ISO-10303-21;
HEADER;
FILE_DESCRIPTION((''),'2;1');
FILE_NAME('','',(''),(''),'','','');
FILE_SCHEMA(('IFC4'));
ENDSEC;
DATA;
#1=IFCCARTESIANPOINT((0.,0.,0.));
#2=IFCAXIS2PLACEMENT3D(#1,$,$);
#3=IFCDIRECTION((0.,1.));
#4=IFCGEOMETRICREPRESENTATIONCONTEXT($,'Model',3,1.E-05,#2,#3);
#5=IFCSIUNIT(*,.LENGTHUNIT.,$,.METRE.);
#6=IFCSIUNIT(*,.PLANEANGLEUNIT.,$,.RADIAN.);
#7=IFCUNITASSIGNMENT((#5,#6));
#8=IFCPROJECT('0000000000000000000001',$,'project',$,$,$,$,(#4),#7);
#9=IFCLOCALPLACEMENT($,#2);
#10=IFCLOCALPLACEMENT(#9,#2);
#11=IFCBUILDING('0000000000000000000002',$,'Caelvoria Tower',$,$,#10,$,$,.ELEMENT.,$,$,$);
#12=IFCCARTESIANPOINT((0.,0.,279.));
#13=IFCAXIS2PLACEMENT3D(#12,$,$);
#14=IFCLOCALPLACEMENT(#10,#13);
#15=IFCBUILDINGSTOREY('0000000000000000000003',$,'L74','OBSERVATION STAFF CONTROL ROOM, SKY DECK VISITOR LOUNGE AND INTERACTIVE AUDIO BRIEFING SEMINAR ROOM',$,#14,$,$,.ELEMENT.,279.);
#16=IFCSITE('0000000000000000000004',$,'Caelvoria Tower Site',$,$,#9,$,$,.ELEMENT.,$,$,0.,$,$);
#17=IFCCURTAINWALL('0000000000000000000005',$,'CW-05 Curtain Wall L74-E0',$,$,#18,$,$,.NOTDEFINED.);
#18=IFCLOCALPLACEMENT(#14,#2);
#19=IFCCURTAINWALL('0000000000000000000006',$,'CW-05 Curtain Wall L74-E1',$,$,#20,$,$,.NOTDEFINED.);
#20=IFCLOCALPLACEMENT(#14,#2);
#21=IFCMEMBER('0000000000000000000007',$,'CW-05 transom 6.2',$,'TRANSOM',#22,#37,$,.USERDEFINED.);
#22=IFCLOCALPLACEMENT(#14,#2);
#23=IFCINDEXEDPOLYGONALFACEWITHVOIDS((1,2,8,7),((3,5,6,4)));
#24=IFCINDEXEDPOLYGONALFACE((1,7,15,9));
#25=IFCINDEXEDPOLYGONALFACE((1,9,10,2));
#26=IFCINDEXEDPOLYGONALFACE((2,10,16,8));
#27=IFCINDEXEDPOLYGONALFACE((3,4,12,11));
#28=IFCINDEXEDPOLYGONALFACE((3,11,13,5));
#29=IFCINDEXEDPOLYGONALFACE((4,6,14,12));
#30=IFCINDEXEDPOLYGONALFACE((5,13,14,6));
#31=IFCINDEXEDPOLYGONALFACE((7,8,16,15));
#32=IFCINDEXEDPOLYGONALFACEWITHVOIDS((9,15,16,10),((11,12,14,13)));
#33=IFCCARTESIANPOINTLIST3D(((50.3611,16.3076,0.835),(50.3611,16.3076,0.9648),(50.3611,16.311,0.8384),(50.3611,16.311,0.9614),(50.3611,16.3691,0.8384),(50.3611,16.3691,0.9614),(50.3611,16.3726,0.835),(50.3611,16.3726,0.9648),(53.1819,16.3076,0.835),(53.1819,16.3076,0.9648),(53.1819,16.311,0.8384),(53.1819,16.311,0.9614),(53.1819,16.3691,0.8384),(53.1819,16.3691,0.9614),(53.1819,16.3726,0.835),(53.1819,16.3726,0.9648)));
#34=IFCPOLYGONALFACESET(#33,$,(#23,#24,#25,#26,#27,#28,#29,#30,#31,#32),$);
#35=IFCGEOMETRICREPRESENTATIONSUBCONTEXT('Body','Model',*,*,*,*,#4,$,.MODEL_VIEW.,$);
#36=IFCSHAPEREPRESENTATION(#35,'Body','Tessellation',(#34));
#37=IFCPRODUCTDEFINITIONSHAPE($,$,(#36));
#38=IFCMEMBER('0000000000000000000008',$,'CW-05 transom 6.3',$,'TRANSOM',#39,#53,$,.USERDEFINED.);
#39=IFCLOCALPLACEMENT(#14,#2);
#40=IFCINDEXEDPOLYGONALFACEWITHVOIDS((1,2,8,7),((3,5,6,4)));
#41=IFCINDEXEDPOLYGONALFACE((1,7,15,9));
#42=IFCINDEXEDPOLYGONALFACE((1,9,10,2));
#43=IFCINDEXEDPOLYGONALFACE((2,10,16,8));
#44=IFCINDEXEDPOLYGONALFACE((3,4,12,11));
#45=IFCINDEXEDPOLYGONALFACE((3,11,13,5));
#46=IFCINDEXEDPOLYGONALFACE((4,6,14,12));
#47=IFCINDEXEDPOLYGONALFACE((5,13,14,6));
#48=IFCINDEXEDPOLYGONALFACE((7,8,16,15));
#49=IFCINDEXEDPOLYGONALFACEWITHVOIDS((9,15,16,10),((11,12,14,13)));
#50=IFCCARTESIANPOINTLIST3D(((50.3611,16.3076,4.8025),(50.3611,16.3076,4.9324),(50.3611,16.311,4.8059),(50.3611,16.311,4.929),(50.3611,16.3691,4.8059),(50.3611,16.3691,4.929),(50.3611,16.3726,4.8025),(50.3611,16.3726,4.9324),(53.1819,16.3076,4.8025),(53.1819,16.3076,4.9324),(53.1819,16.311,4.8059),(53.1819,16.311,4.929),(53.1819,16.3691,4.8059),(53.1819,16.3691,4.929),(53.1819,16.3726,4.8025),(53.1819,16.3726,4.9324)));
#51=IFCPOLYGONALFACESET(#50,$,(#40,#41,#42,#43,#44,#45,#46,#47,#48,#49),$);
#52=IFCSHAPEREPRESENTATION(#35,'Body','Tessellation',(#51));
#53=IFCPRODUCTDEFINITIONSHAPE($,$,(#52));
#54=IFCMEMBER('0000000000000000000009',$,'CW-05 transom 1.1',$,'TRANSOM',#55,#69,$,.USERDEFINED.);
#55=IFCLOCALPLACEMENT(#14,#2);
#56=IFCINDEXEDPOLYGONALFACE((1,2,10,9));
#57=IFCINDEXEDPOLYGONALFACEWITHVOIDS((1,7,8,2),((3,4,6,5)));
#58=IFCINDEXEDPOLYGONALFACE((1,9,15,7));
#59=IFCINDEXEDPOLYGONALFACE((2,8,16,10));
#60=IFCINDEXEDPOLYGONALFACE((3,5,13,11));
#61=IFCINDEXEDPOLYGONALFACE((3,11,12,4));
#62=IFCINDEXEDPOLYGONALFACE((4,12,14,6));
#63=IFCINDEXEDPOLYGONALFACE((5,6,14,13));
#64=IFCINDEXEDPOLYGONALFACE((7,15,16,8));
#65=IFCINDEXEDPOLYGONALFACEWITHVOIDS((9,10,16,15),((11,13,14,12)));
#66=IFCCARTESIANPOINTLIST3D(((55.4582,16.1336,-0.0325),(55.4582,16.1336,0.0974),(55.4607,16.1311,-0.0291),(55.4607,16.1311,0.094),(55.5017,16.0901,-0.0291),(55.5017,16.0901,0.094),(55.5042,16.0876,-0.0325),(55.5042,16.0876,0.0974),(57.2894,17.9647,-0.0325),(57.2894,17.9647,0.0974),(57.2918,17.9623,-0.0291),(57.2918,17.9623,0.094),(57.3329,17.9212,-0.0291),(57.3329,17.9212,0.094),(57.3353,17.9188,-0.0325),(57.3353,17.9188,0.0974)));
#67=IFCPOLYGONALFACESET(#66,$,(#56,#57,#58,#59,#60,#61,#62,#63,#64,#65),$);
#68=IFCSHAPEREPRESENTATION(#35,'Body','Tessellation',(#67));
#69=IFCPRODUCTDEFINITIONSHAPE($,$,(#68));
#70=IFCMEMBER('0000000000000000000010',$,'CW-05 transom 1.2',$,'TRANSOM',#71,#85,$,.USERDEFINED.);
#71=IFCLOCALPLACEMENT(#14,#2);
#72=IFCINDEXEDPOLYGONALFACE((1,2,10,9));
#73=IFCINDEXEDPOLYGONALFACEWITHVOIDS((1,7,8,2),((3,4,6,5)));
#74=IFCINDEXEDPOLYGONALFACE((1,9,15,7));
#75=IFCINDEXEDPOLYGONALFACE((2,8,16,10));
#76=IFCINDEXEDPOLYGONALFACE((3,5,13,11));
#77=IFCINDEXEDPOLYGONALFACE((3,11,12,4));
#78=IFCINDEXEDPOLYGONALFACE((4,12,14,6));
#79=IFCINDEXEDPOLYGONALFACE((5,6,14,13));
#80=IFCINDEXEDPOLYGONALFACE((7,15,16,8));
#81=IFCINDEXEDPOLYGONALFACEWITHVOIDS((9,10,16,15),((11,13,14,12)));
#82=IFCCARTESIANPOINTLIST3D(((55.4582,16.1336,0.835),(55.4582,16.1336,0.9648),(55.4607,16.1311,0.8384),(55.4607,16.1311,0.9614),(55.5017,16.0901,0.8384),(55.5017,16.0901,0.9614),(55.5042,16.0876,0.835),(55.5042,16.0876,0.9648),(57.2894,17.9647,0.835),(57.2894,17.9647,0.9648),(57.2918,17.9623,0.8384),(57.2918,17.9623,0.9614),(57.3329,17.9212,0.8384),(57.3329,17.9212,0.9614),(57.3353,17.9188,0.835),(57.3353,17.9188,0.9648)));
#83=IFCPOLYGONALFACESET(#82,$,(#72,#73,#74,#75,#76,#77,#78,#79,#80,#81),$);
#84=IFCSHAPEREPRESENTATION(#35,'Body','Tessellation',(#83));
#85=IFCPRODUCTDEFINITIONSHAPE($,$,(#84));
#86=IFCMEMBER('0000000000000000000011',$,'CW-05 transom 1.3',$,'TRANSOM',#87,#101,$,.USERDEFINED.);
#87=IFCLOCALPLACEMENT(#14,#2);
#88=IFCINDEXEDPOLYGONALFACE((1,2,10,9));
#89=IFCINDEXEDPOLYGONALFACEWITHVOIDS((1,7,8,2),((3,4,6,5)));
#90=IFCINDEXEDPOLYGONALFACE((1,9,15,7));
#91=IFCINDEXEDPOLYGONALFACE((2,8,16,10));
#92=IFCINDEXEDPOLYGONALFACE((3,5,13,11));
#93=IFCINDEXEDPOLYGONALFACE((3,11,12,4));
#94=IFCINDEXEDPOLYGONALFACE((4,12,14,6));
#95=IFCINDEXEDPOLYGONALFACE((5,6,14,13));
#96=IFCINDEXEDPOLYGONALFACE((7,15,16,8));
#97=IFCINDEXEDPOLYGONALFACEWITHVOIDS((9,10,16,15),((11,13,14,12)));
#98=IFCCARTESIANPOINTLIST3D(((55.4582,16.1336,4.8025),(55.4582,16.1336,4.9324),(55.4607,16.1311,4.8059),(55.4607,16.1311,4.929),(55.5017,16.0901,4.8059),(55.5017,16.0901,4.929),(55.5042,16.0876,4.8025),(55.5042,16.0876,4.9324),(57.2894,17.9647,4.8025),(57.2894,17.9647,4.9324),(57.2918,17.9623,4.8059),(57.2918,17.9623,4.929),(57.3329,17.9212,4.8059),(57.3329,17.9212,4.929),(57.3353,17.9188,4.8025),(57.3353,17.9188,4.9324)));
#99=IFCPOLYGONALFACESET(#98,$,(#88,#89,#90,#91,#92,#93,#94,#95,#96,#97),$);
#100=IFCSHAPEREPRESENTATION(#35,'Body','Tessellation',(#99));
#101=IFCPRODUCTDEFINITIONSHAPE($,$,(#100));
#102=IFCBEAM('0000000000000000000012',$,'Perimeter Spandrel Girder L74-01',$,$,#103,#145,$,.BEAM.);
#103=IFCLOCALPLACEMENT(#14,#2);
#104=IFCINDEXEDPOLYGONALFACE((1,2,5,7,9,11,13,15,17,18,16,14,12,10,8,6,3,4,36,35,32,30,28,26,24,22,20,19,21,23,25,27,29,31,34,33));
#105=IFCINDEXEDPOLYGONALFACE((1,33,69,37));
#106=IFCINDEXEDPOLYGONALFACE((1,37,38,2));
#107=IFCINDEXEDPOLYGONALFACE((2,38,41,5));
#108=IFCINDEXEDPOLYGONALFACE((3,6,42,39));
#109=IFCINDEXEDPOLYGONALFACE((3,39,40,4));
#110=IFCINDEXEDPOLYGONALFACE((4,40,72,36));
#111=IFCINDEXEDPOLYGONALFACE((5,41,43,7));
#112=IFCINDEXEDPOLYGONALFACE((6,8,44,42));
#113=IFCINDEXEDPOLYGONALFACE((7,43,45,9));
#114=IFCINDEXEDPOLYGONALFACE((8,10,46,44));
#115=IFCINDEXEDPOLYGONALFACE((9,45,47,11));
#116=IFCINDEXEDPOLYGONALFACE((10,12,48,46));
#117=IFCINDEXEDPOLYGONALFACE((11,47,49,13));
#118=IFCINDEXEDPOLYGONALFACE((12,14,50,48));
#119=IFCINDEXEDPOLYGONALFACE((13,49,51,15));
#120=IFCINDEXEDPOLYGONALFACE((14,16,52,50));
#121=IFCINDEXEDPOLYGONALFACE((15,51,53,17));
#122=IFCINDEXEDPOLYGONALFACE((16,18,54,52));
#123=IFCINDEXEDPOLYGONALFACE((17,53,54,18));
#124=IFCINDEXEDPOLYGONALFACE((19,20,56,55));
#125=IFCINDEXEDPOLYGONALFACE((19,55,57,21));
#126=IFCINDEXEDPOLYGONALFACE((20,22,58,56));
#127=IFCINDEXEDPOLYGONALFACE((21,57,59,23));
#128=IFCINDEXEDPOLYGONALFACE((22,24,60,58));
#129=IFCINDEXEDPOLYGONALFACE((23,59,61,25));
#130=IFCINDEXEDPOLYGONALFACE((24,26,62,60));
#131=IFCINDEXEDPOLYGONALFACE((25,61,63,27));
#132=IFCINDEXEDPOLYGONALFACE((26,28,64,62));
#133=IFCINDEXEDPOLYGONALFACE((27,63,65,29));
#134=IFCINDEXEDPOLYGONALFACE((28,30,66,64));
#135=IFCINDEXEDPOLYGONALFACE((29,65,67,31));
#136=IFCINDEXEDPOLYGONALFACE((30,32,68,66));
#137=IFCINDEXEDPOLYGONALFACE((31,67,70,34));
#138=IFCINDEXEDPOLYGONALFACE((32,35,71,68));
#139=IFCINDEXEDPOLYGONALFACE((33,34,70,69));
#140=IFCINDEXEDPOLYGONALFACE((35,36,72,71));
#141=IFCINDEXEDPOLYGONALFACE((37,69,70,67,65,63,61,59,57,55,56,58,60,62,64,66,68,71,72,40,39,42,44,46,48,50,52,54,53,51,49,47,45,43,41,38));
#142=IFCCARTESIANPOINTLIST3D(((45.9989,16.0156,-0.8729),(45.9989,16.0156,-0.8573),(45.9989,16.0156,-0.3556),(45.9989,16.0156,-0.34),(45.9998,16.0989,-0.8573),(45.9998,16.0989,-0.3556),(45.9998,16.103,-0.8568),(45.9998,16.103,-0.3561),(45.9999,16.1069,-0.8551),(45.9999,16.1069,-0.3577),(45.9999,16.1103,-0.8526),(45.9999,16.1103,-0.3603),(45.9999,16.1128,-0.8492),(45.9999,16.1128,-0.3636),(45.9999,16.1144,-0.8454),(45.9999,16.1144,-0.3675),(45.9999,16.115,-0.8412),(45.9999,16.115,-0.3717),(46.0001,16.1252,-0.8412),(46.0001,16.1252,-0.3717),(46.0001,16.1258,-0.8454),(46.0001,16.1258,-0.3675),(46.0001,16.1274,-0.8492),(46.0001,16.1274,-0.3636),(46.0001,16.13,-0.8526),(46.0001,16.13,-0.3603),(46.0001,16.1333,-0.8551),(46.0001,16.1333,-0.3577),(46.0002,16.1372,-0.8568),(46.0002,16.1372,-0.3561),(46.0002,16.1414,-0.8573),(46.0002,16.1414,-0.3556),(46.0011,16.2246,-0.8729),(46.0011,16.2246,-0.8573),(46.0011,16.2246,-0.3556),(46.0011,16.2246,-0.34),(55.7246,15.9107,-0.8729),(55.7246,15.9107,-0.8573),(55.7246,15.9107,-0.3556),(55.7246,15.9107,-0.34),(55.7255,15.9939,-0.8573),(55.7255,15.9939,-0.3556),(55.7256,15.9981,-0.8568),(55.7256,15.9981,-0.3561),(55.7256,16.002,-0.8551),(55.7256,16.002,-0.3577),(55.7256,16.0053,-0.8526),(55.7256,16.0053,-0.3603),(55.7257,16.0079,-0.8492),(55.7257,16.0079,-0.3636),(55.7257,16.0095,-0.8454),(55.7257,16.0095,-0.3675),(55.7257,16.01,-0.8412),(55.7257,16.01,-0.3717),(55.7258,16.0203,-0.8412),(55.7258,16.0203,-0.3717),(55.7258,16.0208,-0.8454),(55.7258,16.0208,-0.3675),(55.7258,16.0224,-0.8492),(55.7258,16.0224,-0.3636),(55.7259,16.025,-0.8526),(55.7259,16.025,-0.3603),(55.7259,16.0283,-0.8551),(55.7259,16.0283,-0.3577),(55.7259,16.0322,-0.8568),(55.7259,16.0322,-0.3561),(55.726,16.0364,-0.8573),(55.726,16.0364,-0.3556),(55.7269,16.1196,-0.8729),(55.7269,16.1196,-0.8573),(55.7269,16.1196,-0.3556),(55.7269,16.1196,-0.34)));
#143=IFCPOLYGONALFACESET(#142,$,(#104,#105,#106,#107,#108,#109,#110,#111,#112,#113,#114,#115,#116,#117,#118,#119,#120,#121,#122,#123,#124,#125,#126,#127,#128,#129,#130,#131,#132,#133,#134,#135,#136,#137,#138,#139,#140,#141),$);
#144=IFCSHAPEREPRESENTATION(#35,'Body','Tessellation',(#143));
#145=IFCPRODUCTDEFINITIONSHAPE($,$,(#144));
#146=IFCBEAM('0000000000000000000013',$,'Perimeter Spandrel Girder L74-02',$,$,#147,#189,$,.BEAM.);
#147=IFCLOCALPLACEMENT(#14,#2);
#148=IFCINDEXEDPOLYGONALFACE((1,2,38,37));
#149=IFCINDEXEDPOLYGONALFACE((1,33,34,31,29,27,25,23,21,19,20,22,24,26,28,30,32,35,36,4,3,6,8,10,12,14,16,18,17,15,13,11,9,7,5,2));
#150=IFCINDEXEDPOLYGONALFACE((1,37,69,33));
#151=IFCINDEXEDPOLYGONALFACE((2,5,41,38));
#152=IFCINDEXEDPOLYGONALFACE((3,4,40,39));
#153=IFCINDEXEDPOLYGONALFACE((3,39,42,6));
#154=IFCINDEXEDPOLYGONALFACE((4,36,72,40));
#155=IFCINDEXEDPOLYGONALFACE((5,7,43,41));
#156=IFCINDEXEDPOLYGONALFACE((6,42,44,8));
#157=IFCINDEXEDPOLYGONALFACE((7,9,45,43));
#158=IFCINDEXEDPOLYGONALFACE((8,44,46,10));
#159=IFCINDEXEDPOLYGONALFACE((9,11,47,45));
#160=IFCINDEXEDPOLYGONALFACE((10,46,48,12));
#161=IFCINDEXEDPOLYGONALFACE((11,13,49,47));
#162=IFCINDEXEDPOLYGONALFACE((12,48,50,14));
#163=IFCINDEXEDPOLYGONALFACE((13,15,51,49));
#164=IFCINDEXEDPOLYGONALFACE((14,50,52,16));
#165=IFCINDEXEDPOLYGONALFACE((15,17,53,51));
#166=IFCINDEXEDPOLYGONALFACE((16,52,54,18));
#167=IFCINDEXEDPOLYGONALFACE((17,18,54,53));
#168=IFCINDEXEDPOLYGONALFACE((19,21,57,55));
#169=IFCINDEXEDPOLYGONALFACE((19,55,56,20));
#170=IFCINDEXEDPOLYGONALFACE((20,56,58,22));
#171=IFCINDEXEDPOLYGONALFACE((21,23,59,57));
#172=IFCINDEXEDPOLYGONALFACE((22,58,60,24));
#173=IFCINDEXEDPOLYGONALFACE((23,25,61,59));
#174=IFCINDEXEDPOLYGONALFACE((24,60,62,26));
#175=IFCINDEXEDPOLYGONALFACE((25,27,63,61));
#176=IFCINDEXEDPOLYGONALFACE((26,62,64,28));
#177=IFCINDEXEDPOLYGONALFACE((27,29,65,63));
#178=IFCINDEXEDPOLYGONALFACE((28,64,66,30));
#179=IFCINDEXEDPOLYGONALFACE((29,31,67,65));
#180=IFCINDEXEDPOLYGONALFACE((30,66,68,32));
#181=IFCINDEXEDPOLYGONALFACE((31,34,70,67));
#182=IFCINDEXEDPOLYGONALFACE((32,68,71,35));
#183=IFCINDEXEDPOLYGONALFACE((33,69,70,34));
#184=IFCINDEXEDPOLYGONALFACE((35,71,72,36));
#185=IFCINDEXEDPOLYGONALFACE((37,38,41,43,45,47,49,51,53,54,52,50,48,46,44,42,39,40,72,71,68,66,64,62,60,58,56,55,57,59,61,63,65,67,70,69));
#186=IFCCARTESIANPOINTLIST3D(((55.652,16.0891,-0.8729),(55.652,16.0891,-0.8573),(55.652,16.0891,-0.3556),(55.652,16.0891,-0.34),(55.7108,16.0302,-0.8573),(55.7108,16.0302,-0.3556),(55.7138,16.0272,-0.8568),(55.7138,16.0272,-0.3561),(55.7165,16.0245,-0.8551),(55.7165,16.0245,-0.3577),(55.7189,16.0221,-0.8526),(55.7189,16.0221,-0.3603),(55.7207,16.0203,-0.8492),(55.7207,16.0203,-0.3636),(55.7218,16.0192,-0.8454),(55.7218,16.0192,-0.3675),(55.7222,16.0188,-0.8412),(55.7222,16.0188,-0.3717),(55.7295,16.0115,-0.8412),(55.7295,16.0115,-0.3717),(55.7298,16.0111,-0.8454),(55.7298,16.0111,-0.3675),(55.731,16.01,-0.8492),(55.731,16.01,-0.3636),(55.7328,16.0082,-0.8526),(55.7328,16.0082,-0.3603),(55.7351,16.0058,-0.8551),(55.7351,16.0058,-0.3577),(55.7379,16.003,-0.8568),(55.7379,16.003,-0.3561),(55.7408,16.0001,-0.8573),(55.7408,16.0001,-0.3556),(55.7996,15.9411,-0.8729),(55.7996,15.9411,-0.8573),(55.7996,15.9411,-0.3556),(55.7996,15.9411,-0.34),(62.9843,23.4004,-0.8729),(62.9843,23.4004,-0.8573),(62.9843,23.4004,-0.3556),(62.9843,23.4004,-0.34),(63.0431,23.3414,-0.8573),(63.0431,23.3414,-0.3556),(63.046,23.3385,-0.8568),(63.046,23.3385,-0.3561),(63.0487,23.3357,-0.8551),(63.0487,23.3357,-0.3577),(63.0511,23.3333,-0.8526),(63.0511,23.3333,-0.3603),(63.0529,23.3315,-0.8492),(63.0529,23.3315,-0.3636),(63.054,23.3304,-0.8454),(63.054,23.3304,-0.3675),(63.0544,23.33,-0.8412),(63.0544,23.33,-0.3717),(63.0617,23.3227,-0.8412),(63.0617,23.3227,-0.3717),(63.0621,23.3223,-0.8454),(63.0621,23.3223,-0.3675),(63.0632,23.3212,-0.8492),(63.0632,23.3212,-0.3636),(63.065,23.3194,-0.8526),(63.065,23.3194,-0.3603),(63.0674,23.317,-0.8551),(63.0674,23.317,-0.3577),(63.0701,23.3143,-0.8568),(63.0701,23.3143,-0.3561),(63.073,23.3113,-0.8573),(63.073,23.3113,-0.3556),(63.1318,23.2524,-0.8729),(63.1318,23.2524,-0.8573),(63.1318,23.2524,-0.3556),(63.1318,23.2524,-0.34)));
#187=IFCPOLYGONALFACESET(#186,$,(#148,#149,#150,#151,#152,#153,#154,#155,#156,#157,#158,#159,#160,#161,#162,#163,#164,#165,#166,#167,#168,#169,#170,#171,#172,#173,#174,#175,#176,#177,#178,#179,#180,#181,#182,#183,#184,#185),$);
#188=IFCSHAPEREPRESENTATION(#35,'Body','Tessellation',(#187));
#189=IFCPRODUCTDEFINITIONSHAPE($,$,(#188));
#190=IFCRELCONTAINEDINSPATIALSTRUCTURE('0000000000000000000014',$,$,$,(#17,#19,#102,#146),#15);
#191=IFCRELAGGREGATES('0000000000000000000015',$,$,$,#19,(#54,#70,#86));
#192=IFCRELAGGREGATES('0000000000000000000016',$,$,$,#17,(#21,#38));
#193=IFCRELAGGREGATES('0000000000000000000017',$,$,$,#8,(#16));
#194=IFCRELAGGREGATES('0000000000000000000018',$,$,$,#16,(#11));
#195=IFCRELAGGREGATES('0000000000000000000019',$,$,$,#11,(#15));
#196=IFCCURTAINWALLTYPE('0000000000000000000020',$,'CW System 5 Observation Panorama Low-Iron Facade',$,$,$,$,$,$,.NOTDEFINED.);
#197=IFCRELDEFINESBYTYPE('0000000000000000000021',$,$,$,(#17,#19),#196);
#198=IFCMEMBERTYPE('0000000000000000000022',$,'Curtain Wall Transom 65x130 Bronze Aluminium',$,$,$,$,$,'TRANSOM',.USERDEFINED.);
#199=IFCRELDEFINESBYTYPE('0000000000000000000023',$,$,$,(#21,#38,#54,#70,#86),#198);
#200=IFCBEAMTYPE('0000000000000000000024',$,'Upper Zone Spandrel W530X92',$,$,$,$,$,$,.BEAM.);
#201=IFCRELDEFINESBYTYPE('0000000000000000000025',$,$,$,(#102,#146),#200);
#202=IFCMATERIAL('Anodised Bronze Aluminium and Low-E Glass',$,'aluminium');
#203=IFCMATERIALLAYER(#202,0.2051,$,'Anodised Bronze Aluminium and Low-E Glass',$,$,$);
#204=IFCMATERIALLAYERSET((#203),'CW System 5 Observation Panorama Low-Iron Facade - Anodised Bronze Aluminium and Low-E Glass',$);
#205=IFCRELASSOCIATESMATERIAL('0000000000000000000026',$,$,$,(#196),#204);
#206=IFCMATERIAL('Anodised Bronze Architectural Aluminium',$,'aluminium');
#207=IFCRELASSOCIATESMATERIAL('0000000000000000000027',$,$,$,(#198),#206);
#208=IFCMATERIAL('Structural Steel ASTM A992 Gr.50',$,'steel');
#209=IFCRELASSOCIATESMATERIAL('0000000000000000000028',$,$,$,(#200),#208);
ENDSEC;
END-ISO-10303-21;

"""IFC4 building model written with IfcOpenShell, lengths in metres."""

from ifc_helpers import new_model, si_unit, direction, frame, origin, origin_2d, place, context, subcontext, project, spatial, hollow_rectangle, i_section, extrude, material, layer, layer_set, material_profile, profile_set, type_object, element, aggregate, save


model = new_model("IFC4")

# Units and contexts
model_context = context("Model", 3, precision=1e-05, world=origin(), true_north=direction((0.0, 1.0)))
body_context = subcontext(model_context, "Body", "Model", "MODEL_VIEW")
ifc_project = project(units=[si_unit("LENGTHUNIT", "METRE"), si_unit("PLANEANGLEUNIT", "RADIAN")], contexts=[model_context])

# Site, building, storey
site_placement = place(None, origin())
site = spatial("IfcSite", under=ifc_project, at=site_placement, Name="Caelvoria Tower Site", CompositionType="ELEMENT", RefElevation=0.0)
building_placement = place(site_placement, origin())
building = spatial("IfcBuilding", under=site, at=building_placement, Name="Caelvoria Tower", CompositionType="ELEMENT")
storey_placement = place(building_placement, frame((0.0, 0.0, 279.0)))
storey = spatial("IfcBuildingStorey", under=building, at=storey_placement, Name="L74", Description="OBSERVATION STAFF CONTROL ROOM, SKY DECK VISITOR LOUNGE AND INTERACTIVE AUDIO BRIEFING SEMINAR ROOM", CompositionType="ELEMENT", Elevation=279.0)

# Shared definitions
ifc_material_1 = material(Name="Structural Steel ASTM A992 Gr.50", Category="steel")

# Curtain wall
ifc_material_2 = material(Name="Anodised Bronze Aluminium and Low-E Glass", Category="aluminium")
ifc_layer_1 = layer(ifc_material_2, 0.2051, Name="Anodised Bronze Aluminium and Low-E Glass")
ifc_layer_set_1 = layer_set([ifc_layer_1], Name="CW System 5 Observation Panorama Low-Iron Facade - Anodised Bronze Aluminium and Low-E Glass")
curtain_wall_type = type_object("IfcCurtainWallType", Name="CW System 5 Observation Panorama Low-Iron Facade", PredefinedType="NOTDEFINED", material=ifc_layer_set_1)
curtain_wall_1_placement = place(storey_placement, origin())
curtain_wall_1 = element("IfcCurtainWall", 1, at=curtain_wall_1_placement, inside=storey, type_object=curtain_wall_type, Name="CW-05 Curtain Wall L74-E0", PredefinedType="NOTDEFINED")
ifc_material_3 = material(Name="Anodised Bronze Architectural Aluminium", Category="aluminium")

# Curtain wall
curtain_wall_2_placement = place(storey_placement, origin())
curtain_wall_2 = element("IfcCurtainWall", 2, at=curtain_wall_2_placement, inside=storey, type_object=curtain_wall_type, Name="CW-05 Curtain Wall L74-E1", PredefinedType="NOTDEFINED")

# Members
ifc_material_profile_1 = material_profile(ifc_material_3, hollow_rectangle(XDim=0.0649, YDim=0.1299, WallThickness=0.0034, at=origin_2d()), Name="Anodised Bronze Architectural Aluminium")
ifc_profile_set_1 = profile_set([ifc_material_profile_1], Name="CW_TRAN_65X130 - Anodised Bronze Architectural Aluminium")
member_type_1 = type_object("IfcMemberType", Name="Curtain Wall Transom 65x130 Bronze Aluminium", ElementType="TRANSOM", PredefinedType="USERDEFINED", material=ifc_profile_set_1)
member_1_placement = place(storey_placement, frame((50.3611, 16.3401, 0.8999), z_axis=(1.0, 0.0, 0.0), x_axis=(0.0, 1.0, 0.0)))
member_1 = element("IfcMember", 3, at=member_1_placement, type_object=member_type_1, Name="CW-05 transom 6.2", ObjectType="TRANSOM", PredefinedType="USERDEFINED", context=body_context, shape_type="SweptSolid", body=[
    extrude(hollow_rectangle(XDim=0.0649, YDim=0.1299, WallThickness=0.0034, at=origin_2d()), origin(), (0.0, 0.0, 1.0), 2.8208),
])
member_2_placement = place(storey_placement, frame((50.3611, 16.3401, 4.8674), z_axis=(1.0, 0.0, 0.0), x_axis=(0.0, 1.0, 0.0)))
member_2 = element("IfcMember", 4, at=member_2_placement, type_object=member_type_1, Name="CW-05 transom 6.3", ObjectType="TRANSOM", PredefinedType="USERDEFINED", context=body_context, shape_type="SweptSolid", body=[
    extrude(hollow_rectangle(XDim=0.0649, YDim=0.1299, WallThickness=0.0034, at=origin_2d()), origin(), (0.0, 0.0, 1.0), 2.8208),
])
member_3_placement = place(storey_placement, frame((55.4812, 16.1106, 0.0325), z_axis=(0.707107, 0.707107, 0.0), x_axis=(-0.707107, 0.707107, 0.0)))
member_3 = element("IfcMember", 5, at=member_3_placement, type_object=member_type_1, Name="CW-05 transom 1.1", ObjectType="TRANSOM", PredefinedType="USERDEFINED", context=body_context, shape_type="SweptSolid", body=[
    extrude(hollow_rectangle(XDim=0.0649, YDim=0.1299, WallThickness=0.0034, at=origin_2d()), origin(), (0.0, 0.0, 1.0), 2.5896),
])
member_4_placement = place(storey_placement, frame((55.4812, 16.1106, 0.8999), z_axis=(0.707107, 0.707107, 0.0), x_axis=(-0.707107, 0.707107, 0.0)))
member_4 = element("IfcMember", 6, at=member_4_placement, type_object=member_type_1, Name="CW-05 transom 1.2", ObjectType="TRANSOM", PredefinedType="USERDEFINED", context=body_context, shape_type="SweptSolid", body=[
    extrude(hollow_rectangle(XDim=0.0649, YDim=0.1299, WallThickness=0.0034, at=origin_2d()), origin(), (0.0, 0.0, 1.0), 2.5896),
])
member_5_placement = place(storey_placement, frame((55.4812, 16.1106, 4.8674), z_axis=(0.707107, 0.707107, 0.0), x_axis=(-0.707107, 0.707107, 0.0)))
member_5 = element("IfcMember", 7, at=member_5_placement, type_object=member_type_1, Name="CW-05 transom 1.3", ObjectType="TRANSOM", PredefinedType="USERDEFINED", context=body_context, shape_type="SweptSolid", body=[
    extrude(hollow_rectangle(XDim=0.0649, YDim=0.1299, WallThickness=0.0034, at=origin_2d()), origin(), (0.0, 0.0, 1.0), 2.5896),
])
aggregate(curtain_wall_2, [member_3, member_4, member_5])

# Beams
ifc_material_profile_2 = material_profile(ifc_material_1, i_section(OverallWidth=0.209, OverallDepth=0.533, WebThickness=0.0103, FlangeThickness=0.0156, FilletRadius=0.0161, at=origin_2d()), Name="Structural Steel ASTM A992 Gr.50")
ifc_profile_set_2 = profile_set([ifc_material_profile_2], Name="W530X92 - Structural Steel ASTM A992 Gr.50")
beam_type = type_object("IfcBeamType", Name="Upper Zone Spandrel W530X92", PredefinedType="BEAM", material=ifc_profile_set_2)
beam_1_placement = place(storey_placement, frame((46.0, 16.1201, -0.6064), z_axis=(0.999942, -0.010793, 0.0), x_axis=(0.010793, 0.999942, 0.0)))
element("IfcBeam", 8, at=beam_1_placement, inside=storey, type_object=beam_type, Name="Perimeter Spandrel Girder L74-01", PredefinedType="BEAM", context=body_context, shape_type="SweptSolid", body=[
    extrude(i_section(OverallWidth=0.209, OverallDepth=0.533, WebThickness=0.0103, FlangeThickness=0.0156, FilletRadius=0.0161, at=origin_2d()), origin(), (0.0, 0.0, 1.0), 9.7263),
])
beam_2_placement = place(storey_placement, frame((55.7258, 16.0151, -0.6064), z_axis=(0.70812, 0.706092, 0.0), x_axis=(-0.706092, 0.70812, 0.0)))
element("IfcBeam", 9, at=beam_2_placement, inside=storey, type_object=beam_type, Name="Perimeter Spandrel Girder L74-02", PredefinedType="BEAM", context=body_context, shape_type="SweptSolid", body=[
    extrude(i_section(OverallWidth=0.209, OverallDepth=0.533, WebThickness=0.0103, FlangeThickness=0.0156, FilletRadius=0.0161, at=origin_2d()), origin(), (0.0, 0.0, 1.0), 10.3545),
])

aggregate(curtain_wall_1, [member_1, member_2])

save(model, "model.ifc")
